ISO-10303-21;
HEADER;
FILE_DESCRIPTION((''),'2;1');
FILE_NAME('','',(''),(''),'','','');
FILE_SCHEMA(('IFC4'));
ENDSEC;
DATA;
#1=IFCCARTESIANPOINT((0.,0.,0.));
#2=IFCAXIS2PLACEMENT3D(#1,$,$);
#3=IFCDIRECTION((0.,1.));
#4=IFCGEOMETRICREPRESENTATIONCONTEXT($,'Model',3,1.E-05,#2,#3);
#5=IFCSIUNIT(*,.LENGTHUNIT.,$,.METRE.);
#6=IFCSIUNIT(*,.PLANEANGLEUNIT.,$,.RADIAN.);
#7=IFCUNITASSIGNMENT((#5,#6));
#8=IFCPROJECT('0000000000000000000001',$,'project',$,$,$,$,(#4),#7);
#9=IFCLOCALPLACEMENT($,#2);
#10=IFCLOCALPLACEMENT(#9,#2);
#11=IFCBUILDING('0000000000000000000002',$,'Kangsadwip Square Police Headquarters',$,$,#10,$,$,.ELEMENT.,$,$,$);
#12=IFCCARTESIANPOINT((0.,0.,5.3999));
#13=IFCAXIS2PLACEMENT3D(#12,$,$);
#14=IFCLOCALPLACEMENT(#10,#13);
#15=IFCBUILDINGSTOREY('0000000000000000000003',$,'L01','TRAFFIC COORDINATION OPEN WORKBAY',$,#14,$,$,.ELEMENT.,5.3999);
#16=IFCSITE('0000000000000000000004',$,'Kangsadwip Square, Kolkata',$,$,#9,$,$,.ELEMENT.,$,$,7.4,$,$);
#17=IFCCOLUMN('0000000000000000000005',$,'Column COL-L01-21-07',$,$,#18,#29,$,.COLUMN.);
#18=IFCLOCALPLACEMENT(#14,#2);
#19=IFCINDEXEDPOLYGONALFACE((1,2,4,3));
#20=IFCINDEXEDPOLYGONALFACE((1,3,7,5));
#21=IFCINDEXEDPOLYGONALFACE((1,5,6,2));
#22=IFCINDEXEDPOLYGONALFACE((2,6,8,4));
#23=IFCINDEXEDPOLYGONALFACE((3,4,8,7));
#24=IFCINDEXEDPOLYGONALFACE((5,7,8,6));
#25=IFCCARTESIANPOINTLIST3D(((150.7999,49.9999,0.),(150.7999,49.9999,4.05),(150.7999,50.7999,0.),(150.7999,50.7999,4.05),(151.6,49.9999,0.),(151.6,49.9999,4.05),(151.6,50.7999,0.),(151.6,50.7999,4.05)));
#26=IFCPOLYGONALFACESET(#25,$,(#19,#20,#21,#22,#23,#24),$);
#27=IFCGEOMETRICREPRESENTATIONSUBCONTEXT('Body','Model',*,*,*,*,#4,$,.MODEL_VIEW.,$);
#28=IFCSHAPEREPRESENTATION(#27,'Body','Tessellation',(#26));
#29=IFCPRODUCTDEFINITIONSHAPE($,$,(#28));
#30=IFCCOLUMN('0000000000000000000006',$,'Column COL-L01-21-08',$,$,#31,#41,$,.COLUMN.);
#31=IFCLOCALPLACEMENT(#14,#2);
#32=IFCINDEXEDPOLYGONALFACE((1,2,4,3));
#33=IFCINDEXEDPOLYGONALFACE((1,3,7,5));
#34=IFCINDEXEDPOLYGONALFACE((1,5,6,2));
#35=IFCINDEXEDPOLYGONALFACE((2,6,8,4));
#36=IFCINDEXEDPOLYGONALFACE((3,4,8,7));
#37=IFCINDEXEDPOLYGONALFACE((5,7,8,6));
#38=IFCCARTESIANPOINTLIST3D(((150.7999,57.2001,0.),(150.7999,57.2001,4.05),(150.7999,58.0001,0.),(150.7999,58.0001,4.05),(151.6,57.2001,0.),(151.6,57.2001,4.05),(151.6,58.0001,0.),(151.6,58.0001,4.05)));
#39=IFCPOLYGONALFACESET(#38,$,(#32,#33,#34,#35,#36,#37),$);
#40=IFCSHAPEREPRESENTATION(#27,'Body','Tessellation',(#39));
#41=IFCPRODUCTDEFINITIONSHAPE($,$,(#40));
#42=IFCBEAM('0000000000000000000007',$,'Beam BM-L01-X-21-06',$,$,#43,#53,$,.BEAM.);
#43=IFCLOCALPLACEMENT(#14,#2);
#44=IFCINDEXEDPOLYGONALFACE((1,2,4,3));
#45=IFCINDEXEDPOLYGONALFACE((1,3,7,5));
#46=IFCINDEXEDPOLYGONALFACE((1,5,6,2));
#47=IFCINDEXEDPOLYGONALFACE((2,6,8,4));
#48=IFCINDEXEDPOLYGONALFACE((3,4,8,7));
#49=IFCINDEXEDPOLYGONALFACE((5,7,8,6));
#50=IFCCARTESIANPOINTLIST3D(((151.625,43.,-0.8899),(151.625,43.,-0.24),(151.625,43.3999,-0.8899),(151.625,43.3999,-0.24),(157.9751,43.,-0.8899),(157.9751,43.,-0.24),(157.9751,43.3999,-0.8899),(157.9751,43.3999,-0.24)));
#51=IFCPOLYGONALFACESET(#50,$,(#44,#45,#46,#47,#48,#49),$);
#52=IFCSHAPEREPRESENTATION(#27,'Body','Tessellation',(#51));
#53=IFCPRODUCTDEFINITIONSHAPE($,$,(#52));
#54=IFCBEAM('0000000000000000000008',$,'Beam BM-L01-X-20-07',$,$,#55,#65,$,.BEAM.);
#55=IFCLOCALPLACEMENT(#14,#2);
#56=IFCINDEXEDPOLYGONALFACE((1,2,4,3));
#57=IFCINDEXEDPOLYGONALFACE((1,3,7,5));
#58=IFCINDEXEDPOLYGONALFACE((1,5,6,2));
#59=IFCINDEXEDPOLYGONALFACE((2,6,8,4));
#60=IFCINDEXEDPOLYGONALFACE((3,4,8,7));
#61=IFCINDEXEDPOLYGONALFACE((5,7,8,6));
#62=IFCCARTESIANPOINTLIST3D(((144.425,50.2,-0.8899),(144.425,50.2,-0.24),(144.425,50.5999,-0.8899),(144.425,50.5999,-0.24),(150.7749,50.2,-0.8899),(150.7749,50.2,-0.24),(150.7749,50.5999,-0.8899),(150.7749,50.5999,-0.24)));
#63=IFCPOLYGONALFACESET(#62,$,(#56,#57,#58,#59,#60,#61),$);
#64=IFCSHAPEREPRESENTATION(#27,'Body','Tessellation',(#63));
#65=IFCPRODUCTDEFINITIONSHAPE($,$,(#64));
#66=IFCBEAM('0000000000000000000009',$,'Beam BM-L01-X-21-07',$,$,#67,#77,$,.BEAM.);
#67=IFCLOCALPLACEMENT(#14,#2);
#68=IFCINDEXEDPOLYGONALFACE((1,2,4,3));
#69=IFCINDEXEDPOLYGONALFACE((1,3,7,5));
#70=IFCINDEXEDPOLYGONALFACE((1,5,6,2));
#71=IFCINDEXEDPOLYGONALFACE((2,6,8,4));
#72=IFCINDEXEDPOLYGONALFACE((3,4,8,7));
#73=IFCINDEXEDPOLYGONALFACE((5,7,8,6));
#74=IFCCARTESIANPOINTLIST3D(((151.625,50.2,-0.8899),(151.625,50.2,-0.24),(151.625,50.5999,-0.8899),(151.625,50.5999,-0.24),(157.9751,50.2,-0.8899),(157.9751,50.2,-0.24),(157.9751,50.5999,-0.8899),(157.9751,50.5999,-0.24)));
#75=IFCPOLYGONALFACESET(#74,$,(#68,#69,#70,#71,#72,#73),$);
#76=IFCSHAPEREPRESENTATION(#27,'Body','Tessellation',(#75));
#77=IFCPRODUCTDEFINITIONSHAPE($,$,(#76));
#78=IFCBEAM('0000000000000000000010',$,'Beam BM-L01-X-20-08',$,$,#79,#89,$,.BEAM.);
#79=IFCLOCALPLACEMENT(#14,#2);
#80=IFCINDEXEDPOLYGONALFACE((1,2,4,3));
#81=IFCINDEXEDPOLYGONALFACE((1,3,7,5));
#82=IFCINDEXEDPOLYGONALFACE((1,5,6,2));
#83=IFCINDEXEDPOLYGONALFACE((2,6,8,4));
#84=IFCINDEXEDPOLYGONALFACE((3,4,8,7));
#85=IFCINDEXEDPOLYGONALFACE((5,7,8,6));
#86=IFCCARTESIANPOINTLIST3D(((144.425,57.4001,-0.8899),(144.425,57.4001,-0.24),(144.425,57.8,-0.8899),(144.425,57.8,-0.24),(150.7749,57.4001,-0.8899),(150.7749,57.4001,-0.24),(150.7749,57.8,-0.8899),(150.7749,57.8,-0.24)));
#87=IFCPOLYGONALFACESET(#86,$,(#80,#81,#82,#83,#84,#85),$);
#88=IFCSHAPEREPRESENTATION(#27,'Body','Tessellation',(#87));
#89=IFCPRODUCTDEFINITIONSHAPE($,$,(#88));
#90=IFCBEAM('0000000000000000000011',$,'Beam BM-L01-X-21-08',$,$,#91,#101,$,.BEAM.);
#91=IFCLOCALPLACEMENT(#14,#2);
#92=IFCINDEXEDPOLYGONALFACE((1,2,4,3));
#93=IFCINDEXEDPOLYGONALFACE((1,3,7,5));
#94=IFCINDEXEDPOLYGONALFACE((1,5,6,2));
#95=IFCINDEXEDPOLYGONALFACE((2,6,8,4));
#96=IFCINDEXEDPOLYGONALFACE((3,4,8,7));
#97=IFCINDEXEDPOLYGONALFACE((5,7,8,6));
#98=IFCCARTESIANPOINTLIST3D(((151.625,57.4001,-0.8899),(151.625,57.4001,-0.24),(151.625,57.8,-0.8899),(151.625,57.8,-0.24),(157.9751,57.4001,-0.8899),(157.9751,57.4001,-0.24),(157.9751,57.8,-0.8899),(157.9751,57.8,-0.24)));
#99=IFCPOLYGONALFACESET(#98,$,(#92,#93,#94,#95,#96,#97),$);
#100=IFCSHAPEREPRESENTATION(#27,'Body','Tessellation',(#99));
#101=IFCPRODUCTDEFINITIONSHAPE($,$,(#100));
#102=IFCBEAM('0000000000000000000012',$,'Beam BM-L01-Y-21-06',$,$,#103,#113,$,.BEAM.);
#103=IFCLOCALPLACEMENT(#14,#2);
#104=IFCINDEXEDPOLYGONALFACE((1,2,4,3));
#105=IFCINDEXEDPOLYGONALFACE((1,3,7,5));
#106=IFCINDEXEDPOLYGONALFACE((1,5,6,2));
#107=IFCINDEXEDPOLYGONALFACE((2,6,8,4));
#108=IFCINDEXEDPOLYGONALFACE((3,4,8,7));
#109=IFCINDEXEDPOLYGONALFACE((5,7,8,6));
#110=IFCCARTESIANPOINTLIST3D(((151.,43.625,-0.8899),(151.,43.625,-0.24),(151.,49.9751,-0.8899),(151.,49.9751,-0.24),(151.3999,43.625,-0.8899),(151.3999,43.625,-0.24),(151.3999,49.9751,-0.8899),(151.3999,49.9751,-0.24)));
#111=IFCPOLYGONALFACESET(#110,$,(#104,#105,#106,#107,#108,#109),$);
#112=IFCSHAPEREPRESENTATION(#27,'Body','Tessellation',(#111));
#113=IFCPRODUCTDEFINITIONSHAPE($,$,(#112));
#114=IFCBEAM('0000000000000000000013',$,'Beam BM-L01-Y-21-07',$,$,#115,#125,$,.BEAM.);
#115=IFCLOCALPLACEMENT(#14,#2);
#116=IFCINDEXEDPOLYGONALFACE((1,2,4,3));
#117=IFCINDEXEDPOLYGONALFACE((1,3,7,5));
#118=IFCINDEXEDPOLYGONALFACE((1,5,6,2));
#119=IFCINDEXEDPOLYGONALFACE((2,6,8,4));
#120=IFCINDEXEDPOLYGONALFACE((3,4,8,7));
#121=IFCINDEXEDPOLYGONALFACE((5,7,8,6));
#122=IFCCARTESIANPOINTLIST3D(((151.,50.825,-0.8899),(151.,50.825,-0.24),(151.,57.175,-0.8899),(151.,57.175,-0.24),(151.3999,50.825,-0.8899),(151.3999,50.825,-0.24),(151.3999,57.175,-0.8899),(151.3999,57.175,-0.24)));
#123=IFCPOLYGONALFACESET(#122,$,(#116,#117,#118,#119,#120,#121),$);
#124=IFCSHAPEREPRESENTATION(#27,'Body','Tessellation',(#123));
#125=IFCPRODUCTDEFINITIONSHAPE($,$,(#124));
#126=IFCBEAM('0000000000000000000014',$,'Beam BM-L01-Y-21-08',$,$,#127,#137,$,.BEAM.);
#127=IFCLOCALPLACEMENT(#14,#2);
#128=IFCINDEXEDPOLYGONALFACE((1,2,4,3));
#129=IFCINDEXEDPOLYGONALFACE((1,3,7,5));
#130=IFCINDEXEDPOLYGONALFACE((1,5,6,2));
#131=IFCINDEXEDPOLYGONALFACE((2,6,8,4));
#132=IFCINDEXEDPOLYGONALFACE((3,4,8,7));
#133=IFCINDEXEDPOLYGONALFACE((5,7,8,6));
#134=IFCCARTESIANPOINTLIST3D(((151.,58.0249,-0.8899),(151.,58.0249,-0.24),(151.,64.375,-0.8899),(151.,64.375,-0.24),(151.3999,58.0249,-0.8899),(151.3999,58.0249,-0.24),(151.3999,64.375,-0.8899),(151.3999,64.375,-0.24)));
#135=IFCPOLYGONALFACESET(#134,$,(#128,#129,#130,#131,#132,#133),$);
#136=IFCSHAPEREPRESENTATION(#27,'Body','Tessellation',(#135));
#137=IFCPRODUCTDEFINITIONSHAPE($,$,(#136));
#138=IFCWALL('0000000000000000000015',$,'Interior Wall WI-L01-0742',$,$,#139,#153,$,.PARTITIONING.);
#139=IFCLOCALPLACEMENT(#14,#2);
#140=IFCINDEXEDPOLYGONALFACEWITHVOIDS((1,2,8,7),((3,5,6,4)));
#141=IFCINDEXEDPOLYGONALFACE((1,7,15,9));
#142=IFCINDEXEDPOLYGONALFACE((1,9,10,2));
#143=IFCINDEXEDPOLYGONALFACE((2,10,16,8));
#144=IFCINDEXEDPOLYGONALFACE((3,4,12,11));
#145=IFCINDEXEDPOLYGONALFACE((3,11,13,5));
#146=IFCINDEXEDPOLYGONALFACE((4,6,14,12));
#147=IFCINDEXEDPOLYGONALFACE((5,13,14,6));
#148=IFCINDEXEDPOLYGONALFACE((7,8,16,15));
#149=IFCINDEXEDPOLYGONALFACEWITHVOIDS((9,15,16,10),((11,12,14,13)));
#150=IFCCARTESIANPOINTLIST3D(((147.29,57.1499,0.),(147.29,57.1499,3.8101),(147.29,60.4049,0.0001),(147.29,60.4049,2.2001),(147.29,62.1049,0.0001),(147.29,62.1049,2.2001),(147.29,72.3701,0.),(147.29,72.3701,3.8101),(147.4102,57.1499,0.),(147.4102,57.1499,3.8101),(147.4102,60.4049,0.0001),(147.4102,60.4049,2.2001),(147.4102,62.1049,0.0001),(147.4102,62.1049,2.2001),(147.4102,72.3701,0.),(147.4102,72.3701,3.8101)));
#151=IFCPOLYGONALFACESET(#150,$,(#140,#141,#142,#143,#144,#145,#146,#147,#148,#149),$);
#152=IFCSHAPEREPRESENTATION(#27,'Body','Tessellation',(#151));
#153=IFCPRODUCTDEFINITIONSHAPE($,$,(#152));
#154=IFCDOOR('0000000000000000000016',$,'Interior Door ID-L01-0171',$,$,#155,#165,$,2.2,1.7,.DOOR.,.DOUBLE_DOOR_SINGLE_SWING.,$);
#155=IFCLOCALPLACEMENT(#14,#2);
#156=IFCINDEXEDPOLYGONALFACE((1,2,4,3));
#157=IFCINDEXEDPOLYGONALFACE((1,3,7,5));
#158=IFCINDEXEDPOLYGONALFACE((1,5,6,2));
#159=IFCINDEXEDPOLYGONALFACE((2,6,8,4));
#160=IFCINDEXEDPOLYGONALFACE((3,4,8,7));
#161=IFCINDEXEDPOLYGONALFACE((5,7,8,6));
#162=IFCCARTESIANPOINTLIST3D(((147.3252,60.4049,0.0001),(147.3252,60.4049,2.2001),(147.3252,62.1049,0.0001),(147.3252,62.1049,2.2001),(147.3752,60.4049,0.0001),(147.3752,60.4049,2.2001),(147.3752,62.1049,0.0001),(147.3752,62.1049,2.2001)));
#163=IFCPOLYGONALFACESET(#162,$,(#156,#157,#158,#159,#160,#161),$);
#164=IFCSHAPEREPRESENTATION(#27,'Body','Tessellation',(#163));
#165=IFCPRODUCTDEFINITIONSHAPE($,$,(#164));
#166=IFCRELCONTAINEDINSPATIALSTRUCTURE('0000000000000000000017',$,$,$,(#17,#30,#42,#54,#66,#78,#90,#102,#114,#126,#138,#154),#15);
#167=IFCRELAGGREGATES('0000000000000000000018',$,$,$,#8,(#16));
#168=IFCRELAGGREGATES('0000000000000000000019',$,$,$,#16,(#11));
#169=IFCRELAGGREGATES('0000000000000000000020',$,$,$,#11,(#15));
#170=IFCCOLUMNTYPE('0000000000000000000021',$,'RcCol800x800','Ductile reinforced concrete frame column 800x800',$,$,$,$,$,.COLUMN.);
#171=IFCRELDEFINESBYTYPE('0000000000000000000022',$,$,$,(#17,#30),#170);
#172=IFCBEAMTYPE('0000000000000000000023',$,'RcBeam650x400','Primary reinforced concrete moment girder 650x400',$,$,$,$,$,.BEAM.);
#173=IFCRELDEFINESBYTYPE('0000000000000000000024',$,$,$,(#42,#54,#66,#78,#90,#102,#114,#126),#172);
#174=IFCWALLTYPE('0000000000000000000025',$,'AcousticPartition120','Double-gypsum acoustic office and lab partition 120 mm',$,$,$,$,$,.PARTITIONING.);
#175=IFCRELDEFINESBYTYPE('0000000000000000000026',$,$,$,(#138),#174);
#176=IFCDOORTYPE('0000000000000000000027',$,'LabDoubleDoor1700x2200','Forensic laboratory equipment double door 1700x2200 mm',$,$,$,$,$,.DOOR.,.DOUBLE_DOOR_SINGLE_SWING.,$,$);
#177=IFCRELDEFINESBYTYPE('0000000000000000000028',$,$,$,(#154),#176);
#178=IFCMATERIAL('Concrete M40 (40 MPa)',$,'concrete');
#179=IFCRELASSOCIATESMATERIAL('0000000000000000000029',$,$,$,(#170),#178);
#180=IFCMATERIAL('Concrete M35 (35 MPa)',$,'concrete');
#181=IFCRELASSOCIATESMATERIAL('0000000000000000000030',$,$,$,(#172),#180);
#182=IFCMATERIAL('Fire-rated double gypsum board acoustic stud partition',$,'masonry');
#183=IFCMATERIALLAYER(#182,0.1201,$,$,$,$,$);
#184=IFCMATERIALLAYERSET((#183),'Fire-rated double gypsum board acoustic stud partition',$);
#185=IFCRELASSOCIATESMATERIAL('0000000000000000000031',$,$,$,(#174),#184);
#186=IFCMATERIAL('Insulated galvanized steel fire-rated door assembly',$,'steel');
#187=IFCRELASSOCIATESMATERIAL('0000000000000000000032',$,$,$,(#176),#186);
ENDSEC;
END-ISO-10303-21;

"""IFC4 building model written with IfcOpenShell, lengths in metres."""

from ifc_helpers import new_model, si_unit, direction, frame, frame_2d, origin, origin_2d, place, context, subcontext, project, spatial, rectangle, extrude, material, layer, layer_set, material_profile, profile_set, type_object, element, fill, save


model = new_model("IFC4")

# Units and contexts
model_context = context("Model", 3, precision=1e-05, world=origin(), true_north=direction((0.0, 1.0)))
body_context = subcontext(model_context, "Body", "Model", "MODEL_VIEW")
ifc_project = project(units=[si_unit("LENGTHUNIT", "METRE"), si_unit("PLANEANGLEUNIT", "RADIAN")], contexts=[model_context])

# Site, building, storey
site_placement = place(None, origin())
site = spatial("IfcSite", under=ifc_project, at=site_placement, Name="Kangsadwip Square, Kolkata", CompositionType="ELEMENT", RefElevation=7.4)
building_placement = place(site_placement, origin())
building = spatial("IfcBuilding", under=site, at=building_placement, Name="Kangsadwip Square Police Headquarters", CompositionType="ELEMENT")
storey_placement = place(building_placement, frame((0.0, 0.0, 5.3999)))
storey = spatial("IfcBuildingStorey", under=building, at=storey_placement, Name="L01", Description="TRAFFIC COORDINATION OPEN WORKBAY", CompositionType="ELEMENT", Elevation=5.3999)

# Columns
ifc_material_1 = material(Name="Concrete M40 (40 MPa)", Category="concrete")
ifc_material_profile_1 = material_profile(ifc_material_1, rectangle(XDim=0.8, YDim=0.8, at=origin_2d()), Name="RC COL 800X800")
ifc_profile_set_1 = profile_set([ifc_material_profile_1], Name="Concrete M40 (40 MPa)")
column_type = type_object("IfcColumnType", Name="RcCol800x800", Description="Ductile reinforced concrete frame column 800x800", PredefinedType="COLUMN", material=ifc_profile_set_1)
for number, where, z_axis, x_axis, name in (
    (1, (151.2, 50.3999, 0.0), (0.0, 0.0, 1.0), (1.0, 0.0, 0.0), "Column COL-L01-21-07"),
    (2, (151.2, 57.6001, 0.0), (0.0, 0.0, 1.0), (1.0, 0.0, 0.0), "Column COL-L01-21-08"),
):
    element("IfcColumn", number, at=place(storey_placement, frame(where, z_axis=z_axis, x_axis=x_axis)), inside=storey, type_object=column_type, Name=name, PredefinedType="COLUMN", context=body_context, shape_type="SweptSolid", body=[
        extrude(rectangle(XDim=0.8, YDim=0.8, at=origin_2d()), origin(), (0.0, 0.0, 1.0), 4.05),
    ])

# Beams
ifc_material_2 = material(Name="Concrete M35 (35 MPa)", Category="concrete")
ifc_material_profile_2 = material_profile(ifc_material_2, rectangle(XDim=0.3999, YDim=0.6499, at=origin_2d()), Name="RC BM 650X400")
ifc_profile_set_2 = profile_set([ifc_material_profile_2], Name="Concrete M35 (35 MPa)")
beam_type = type_object("IfcBeamType", Name="RcBeam650x400", Description="Primary reinforced concrete moment girder 650x400", PredefinedType="BEAM", material=ifc_profile_set_2)
beam_1_placement = place(storey_placement, frame((151.625, 43.2, -0.5649), z_axis=(1.0, 0.0, 0.0), x_axis=(0.0, 1.0, 0.0)))
element("IfcBeam", 3, at=beam_1_placement, inside=storey, type_object=beam_type, Name="Beam BM-L01-X-21-06", PredefinedType="BEAM", context=body_context, shape_type="SweptSolid", body=[
    extrude(rectangle(XDim=0.3999, YDim=0.6499, at=origin_2d()), origin(), (0.0, 0.0, 1.0), 6.3501),
])
beam_2_placement = place(storey_placement, frame((144.425, 50.3999, -0.5649), z_axis=(1.0, 0.0, 0.0), x_axis=(0.0, 1.0, 0.0)))
element("IfcBeam", 4, at=beam_2_placement, inside=storey, type_object=beam_type, Name="Beam BM-L01-X-20-07", PredefinedType="BEAM", context=body_context, shape_type="SweptSolid", body=[
    extrude(rectangle(XDim=0.3999, YDim=0.6499, at=origin_2d()), origin(), (0.0, 0.0, 1.0), 6.3499),
])
beam_3_placement = place(storey_placement, frame((151.625, 50.3999, -0.5649), z_axis=(1.0, 0.0, 0.0), x_axis=(0.0, 1.0, 0.0)))
element("IfcBeam", 5, at=beam_3_placement, inside=storey, type_object=beam_type, Name="Beam BM-L01-X-21-07", PredefinedType="BEAM", context=body_context, shape_type="SweptSolid", body=[
    extrude(rectangle(XDim=0.3999, YDim=0.6499, at=origin_2d()), origin(), (0.0, 0.0, 1.0), 6.3501),
])
beam_4_placement = place(storey_placement, frame((144.425, 57.6001, -0.5649), z_axis=(1.0, 0.0, 0.0), x_axis=(0.0, 1.0, 0.0)))
element("IfcBeam", 6, at=beam_4_placement, inside=storey, type_object=beam_type, Name="Beam BM-L01-X-20-08", PredefinedType="BEAM", context=body_context, shape_type="SweptSolid", body=[
    extrude(rectangle(XDim=0.3999, YDim=0.6499, at=origin_2d()), origin(), (0.0, 0.0, 1.0), 6.3499),
])
for number, where, z_axis, x_axis, name in (
    (7, (151.625, 57.6001, -0.5649), (1.0, 0.0, 0.0), (0.0, 1.0, 0.0), "Beam BM-L01-X-21-08"),
    (8, (151.2, 43.625, -0.5649), (0.0, 1.0, 0.0), (-1.0, 0.0, 0.0), "Beam BM-L01-Y-21-06"),
    (9, (151.2, 50.825, -0.5649), (0.0, 1.0, 0.0), (-1.0, 0.0, 0.0), "Beam BM-L01-Y-21-07"),
    (10, (151.2, 58.0249, -0.5649), (0.0, 1.0, 0.0), (-1.0, 0.0, 0.0), "Beam BM-L01-Y-21-08"),
):
    element("IfcBeam", number, at=place(storey_placement, frame(where, z_axis=z_axis, x_axis=x_axis)), inside=storey, type_object=beam_type, Name=name, PredefinedType="BEAM", context=body_context, shape_type="SweptSolid", body=[
        extrude(rectangle(XDim=0.3999, YDim=0.6499, at=origin_2d()), origin(), (0.0, 0.0, 1.0), 6.3501),
    ])

# Wall, opening, door
ifc_material_3 = material(Name="Fire-rated double gypsum board acoustic stud partition", Category="masonry")
ifc_layer_1 = layer(ifc_material_3, 0.1201)
ifc_layer_set_1 = layer_set([ifc_layer_1], Name="Fire-rated double gypsum board acoustic stud partition")
wall_type_1 = type_object("IfcWallType", Name="AcousticPartition120", Description="Double-gypsum acoustic office and lab partition 120 mm", PredefinedType="PARTITIONING", material=ifc_layer_set_1)
wall_1_placement = place(storey_placement, frame((147.3501, 57.1499, 0.0), z_axis=(0.0, 0.0, 1.0), x_axis=(0.0, 1.0, 0.0)))
wall_1 = element("IfcWall", 11, at=wall_1_placement, inside=storey, type_object=wall_type_1, Name="Interior Wall WI-L01-0742", PredefinedType="PARTITIONING", context=body_context, shape_type="SweptSolid", body=[
    extrude(rectangle(XDim=15.2202, YDim=0.1201, at=frame_2d((7.6101, 0.0))), origin(), (0.0, 0.0, 1.0), 3.8101),
])
opening_1_placement = place(wall_1_placement, frame((3.2549, 0.0, 0.0)))
opening_1 = element("IfcOpeningElement", 12, at=opening_1_placement, cuts=wall_1, PredefinedType="OPENING", context=body_context, shape_type="SweptSolid", body=[
    extrude(rectangle(XDim=1.7, YDim=2.2, at=frame_2d((0.8501, 1.1001))), frame((0.0, 0.0701, 0.0), z_axis=(0.0, -1.0, 0.0), x_axis=(1.0, 0.0, 0.0)), (0.0, 0.0, 1.0), 0.1401),
])
ifc_material_4 = material(Name="Insulated galvanized steel fire-rated door assembly", Category="steel")
door_type_1 = type_object("IfcDoorType", Name="LabDoubleDoor1700x2200", Description="Forensic laboratory equipment double door 1700x2200 mm", OperationType="DOUBLE_DOOR_SINGLE_SWING", PredefinedType="DOOR", material=ifc_material_4)
door_1_placement = place(opening_1_placement, origin())
door_1 = element("IfcDoor", 13, at=door_1_placement, inside=storey, type_object=door_type_1, Name="Interior Door ID-L01-0171", OperationType="DOUBLE_DOOR_SINGLE_SWING", OverallHeight=2.2, OverallWidth=1.7, PredefinedType="DOOR", context=body_context, shape_type="SweptSolid", body=[
    extrude(rectangle(XDim=1.7, YDim=2.2, at=frame_2d((0.8501, 1.1001))), frame((0.0, 0.0249, 0.0), z_axis=(0.0, -1.0, 0.0), x_axis=(1.0, 0.0, 0.0)), (0.0, 0.0, 1.0), 0.05),
])
fill(opening_1, door_1)

save(model, "model.ifc")
